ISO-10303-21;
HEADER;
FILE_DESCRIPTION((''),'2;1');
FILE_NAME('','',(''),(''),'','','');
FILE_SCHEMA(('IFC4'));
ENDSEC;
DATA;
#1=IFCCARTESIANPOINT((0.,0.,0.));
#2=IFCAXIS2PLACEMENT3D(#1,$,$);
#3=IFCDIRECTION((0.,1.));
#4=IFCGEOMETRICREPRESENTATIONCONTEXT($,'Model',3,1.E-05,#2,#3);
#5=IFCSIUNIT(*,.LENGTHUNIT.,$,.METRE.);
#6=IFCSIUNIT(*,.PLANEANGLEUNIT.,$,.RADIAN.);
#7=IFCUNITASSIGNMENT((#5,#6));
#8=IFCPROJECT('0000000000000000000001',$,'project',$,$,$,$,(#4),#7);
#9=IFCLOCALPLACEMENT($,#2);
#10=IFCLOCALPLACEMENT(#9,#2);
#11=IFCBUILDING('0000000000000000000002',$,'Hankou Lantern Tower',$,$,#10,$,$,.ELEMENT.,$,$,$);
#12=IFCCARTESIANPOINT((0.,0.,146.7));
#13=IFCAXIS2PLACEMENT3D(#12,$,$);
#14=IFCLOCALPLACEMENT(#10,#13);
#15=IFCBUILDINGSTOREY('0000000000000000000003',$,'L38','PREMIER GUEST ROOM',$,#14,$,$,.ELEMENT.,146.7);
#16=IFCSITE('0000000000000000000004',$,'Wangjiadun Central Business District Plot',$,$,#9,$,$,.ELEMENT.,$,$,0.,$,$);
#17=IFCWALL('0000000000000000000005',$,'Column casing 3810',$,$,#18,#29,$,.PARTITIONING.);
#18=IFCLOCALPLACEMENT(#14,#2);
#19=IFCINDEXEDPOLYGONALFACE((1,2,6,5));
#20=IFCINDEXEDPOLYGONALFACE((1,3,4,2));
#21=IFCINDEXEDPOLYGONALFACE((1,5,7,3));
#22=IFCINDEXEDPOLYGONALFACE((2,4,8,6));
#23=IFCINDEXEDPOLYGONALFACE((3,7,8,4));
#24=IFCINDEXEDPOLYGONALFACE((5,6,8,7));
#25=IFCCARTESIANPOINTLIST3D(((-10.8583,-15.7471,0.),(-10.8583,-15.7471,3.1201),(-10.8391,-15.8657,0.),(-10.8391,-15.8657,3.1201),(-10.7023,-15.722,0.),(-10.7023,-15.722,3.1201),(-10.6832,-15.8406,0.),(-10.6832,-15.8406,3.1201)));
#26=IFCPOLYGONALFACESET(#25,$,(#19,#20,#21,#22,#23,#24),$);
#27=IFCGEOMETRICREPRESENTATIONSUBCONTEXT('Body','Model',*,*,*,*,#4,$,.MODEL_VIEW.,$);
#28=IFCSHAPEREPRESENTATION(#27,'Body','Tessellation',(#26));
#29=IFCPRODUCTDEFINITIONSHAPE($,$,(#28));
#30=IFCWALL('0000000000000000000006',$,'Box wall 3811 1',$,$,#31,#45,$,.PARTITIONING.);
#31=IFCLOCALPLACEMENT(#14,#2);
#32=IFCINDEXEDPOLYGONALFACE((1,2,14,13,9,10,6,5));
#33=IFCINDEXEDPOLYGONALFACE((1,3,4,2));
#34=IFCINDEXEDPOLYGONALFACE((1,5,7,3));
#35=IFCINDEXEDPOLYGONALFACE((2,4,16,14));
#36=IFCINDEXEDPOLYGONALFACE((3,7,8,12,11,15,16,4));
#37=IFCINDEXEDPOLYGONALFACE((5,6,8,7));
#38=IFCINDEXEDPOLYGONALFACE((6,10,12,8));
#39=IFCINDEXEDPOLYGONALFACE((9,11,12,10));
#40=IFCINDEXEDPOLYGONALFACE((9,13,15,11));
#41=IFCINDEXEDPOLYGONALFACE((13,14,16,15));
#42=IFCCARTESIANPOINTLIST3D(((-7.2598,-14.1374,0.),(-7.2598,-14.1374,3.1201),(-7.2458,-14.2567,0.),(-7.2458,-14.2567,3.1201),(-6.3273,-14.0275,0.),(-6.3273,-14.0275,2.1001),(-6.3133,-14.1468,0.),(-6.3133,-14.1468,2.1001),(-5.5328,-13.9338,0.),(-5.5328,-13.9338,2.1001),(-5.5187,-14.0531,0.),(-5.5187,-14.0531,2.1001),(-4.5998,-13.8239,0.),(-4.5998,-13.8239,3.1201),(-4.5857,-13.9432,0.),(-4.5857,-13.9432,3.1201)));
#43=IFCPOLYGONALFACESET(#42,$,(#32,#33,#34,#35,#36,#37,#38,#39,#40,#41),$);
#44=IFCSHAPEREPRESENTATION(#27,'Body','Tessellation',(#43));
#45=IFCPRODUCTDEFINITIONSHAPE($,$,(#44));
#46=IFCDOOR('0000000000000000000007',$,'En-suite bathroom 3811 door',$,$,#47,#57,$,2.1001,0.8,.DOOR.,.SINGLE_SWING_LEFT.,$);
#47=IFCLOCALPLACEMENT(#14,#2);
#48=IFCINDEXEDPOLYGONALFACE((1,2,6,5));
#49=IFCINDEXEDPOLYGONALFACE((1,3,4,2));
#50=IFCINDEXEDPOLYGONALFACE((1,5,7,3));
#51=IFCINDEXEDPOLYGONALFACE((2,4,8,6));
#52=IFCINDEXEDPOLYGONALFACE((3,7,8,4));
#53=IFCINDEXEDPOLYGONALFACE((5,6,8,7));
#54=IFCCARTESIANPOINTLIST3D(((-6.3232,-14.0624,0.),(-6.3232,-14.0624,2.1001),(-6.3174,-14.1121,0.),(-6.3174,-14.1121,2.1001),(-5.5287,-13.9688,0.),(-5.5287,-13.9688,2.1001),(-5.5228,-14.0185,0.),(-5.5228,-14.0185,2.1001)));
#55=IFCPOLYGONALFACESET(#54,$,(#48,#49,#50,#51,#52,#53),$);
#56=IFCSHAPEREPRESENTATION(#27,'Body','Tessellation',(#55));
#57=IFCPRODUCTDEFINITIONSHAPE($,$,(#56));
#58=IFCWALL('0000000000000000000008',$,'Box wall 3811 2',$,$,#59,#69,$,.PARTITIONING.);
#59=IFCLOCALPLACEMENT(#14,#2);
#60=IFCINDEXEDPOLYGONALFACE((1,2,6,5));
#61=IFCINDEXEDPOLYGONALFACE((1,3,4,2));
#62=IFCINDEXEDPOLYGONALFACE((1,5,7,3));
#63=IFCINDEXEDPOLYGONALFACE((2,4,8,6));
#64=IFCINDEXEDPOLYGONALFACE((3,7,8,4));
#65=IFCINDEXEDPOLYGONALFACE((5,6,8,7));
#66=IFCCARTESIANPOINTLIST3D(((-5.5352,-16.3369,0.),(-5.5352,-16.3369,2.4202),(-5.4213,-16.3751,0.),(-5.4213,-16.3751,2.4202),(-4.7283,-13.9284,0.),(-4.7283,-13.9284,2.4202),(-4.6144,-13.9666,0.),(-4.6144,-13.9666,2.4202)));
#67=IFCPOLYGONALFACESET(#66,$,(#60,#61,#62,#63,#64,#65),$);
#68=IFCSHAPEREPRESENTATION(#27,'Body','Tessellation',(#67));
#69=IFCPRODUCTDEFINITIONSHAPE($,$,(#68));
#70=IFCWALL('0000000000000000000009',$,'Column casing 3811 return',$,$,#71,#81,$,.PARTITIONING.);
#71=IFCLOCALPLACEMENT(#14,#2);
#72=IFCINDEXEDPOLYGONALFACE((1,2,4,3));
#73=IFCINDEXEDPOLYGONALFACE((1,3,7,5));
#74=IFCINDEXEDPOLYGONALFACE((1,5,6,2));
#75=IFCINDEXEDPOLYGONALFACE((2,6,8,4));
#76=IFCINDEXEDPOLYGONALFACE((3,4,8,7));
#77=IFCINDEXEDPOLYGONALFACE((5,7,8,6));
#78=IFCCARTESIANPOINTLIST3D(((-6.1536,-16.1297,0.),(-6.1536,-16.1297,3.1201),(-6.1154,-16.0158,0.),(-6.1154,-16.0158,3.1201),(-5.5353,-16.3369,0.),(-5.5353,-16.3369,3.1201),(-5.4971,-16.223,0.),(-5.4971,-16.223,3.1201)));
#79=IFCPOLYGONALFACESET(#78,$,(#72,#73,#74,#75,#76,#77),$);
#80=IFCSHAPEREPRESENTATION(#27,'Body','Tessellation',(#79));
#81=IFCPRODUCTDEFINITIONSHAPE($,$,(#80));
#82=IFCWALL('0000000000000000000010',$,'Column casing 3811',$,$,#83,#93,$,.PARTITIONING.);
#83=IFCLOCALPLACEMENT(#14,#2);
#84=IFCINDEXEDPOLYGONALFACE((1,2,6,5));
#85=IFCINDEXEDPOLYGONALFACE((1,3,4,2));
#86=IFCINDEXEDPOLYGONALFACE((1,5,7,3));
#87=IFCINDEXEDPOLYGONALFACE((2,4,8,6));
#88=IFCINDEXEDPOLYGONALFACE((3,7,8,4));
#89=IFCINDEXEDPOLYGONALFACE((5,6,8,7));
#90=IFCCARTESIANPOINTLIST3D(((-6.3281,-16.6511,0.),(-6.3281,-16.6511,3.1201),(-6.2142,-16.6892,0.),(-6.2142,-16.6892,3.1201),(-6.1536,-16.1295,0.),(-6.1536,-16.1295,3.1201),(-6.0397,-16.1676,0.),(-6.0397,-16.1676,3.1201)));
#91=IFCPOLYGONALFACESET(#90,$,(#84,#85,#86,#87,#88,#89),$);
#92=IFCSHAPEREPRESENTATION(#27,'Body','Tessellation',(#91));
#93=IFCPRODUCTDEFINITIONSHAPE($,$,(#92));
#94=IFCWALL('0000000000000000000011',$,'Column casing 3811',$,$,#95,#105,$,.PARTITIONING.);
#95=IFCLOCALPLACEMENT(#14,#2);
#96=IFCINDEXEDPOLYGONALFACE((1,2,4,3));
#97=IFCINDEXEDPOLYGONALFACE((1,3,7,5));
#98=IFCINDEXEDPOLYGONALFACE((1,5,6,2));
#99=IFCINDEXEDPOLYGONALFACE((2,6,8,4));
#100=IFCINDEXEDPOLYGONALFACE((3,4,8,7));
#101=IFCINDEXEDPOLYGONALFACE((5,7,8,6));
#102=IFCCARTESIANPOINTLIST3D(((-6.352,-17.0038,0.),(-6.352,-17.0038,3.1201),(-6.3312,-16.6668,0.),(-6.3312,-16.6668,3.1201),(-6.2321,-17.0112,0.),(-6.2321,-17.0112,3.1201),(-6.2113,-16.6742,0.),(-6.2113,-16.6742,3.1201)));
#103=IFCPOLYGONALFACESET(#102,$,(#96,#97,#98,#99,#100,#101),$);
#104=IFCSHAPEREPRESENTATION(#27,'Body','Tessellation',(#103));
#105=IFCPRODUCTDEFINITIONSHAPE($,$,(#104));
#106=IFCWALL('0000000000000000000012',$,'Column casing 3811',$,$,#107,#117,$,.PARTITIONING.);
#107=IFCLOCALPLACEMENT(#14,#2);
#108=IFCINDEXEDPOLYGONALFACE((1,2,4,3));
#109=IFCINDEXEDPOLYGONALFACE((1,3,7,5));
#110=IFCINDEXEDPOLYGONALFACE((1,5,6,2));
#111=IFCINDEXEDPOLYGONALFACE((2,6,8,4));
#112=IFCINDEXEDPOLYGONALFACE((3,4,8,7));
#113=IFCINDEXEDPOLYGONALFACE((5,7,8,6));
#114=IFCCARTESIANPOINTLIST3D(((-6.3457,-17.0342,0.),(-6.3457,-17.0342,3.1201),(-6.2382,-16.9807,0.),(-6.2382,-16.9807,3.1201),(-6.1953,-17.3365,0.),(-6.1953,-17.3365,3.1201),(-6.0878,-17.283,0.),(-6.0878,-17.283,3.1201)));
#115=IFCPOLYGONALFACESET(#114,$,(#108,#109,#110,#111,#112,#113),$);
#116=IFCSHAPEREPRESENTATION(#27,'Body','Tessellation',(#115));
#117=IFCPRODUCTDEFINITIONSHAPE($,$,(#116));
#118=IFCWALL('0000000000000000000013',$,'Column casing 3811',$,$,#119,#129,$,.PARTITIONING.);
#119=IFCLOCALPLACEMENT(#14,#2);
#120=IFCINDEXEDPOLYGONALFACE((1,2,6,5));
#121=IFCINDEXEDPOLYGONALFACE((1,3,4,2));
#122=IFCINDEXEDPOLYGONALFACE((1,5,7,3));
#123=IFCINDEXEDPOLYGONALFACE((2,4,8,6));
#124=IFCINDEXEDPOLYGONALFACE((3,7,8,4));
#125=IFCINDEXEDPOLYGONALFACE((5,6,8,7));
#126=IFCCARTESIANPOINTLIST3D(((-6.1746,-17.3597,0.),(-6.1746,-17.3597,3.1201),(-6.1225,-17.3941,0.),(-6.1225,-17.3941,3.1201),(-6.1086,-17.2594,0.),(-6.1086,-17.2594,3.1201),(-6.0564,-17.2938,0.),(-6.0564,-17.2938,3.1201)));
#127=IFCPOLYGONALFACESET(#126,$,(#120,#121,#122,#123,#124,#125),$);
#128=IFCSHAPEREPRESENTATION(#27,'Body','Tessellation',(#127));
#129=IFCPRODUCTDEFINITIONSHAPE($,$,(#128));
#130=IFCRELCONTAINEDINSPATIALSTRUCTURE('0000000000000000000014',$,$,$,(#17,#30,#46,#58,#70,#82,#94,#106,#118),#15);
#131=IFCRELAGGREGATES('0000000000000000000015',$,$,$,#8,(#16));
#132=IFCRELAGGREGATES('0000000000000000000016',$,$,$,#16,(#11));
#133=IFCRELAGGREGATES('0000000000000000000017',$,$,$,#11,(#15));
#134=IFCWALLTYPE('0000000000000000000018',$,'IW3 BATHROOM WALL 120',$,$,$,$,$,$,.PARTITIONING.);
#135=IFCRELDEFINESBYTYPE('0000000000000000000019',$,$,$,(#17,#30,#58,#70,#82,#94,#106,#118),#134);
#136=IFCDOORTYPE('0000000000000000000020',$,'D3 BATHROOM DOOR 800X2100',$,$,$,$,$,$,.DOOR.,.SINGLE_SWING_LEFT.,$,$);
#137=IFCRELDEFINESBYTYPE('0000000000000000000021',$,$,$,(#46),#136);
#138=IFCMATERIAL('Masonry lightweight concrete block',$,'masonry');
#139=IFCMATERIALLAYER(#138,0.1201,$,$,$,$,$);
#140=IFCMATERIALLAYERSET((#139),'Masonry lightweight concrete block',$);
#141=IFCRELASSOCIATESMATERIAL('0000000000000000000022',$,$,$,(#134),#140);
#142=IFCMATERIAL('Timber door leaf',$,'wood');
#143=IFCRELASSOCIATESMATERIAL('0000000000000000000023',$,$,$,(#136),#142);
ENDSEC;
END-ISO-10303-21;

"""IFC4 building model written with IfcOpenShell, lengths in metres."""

from ifc_helpers import new_model, si_unit, direction, frame, frame_2d, origin, place, context, subcontext, project, spatial, rectangle, extrude, material, layer, layer_set, type_object, element, fill, save


model = new_model("IFC4")

# Units and contexts
model_context = context("Model", 3, precision=1e-05, world=origin(), true_north=direction((0.0, 1.0)))
body_context = subcontext(model_context, "Body", "Model", "MODEL_VIEW")
ifc_project = project(units=[si_unit("LENGTHUNIT", "METRE"), si_unit("PLANEANGLEUNIT", "RADIAN")], contexts=[model_context])

# Site, building, storey
site_placement = place(None, origin())
site = spatial("IfcSite", under=ifc_project, at=site_placement, Name="Wangjiadun Central Business District Plot", CompositionType="ELEMENT", RefElevation=0.0)
building_placement = place(site_placement, origin())
building = spatial("IfcBuilding", under=site, at=building_placement, Name="Hankou Lantern Tower", CompositionType="ELEMENT")
storey_placement = place(building_placement, frame((0.0, 0.0, 146.7)))
storey = spatial("IfcBuildingStorey", under=building, at=storey_placement, Name="L38", Description="PREMIER GUEST ROOM", CompositionType="ELEMENT", Elevation=146.7)

# Shared definitions
ifc_material_1 = material(Name="Masonry lightweight concrete block", Category="masonry")
ifc_layer_1 = layer(ifc_material_1, 0.1201)
ifc_layer_set_1 = layer_set([ifc_layer_1], Name="Masonry lightweight concrete block")
wall_type_1 = type_object("IfcWallType", Name="IW3 BATHROOM WALL 120", PredefinedType="PARTITIONING", material=ifc_layer_set_1)
ifc_material_2 = material(Name="Timber door leaf", Category="wood")
door_type = type_object("IfcDoorType", Name="D3 BATHROOM DOOR 800X2100", OperationType="SINGLE_SWING_LEFT", PredefinedType="DOOR", material=ifc_material_2)

# Wall
wall_1_placement = place(storey_placement, frame((-10.6926, -15.7812, 0.0), z_axis=(0.0, 0.0, 1.0), x_axis=(-0.987257, -0.159135, 0.0)))
element("IfcWall", 1, at=wall_1_placement, inside=storey, type_object=wall_type_1, Name="Column casing 3810", PredefinedType="PARTITIONING", context=body_context, shape_type="SweptSolid", body=[
    extrude(rectangle(XDim=0.158, YDim=0.1201, at=frame_2d((0.0791, 0.0))), origin(), (0.0, 0.0, 1.0), 3.1201),
])

# Wall, opening, door
wall_2_placement = place(storey_placement, frame((-7.2529, -14.197, 0.0), z_axis=(0.0, 0.0, 1.0), x_axis=(0.993128, 0.117032, 0.0)))
wall_2 = element("IfcWall", 2, at=wall_2_placement, inside=storey, type_object=wall_type_1, Name="Box wall 3811 1", PredefinedType="PARTITIONING", context=body_context, shape_type="SweptSolid", body=[
    extrude(rectangle(XDim=2.6785, YDim=0.1201, at=frame_2d((1.3394, 0.0))), origin(), (0.0, 0.0, 1.0), 3.1201),
])
opening_1_placement = place(wall_2_placement, frame((0.9392, 0.0, 0.0)))
opening_1 = element("IfcOpeningElement", 3, at=opening_1_placement, cuts=wall_2, PredefinedType="OPENING", context=body_context, shape_type="SweptSolid", body=[
    extrude(rectangle(XDim=0.8, YDim=2.1001, at=frame_2d((0.3999, 1.05))), frame((0.0, 0.0701, 0.0), z_axis=(0.0, -1.0, 0.0), x_axis=(1.0, 0.0, 0.0)), (0.0, 0.0, 1.0), 0.1401),
])
door_1_placement = place(opening_1_placement, origin())
door_1 = element("IfcDoor", 4, at=door_1_placement, inside=storey, type_object=door_type, Name="En-suite bathroom 3811 door", OperationType="SINGLE_SWING_LEFT", OverallHeight=2.1001, OverallWidth=0.8, PredefinedType="DOOR", context=body_context, shape_type="SweptSolid", body=[
    extrude(rectangle(XDim=0.8, YDim=2.1001, at=frame_2d((0.3999, 1.05))), frame((0.0, 0.0249, 0.0), z_axis=(0.0, -1.0, 0.0), x_axis=(1.0, 0.0, 0.0)), (0.0, 0.0, 1.0), 0.05),
])
fill(opening_1, door_1)

# Walls
wall_3_placement = place(storey_placement, frame((-4.6714, -13.9475, 0.0), z_axis=(0.0, 0.0, 1.0), x_axis=(-0.317669, -0.948202, 0.0)))
element("IfcWall", 5, at=wall_3_placement, inside=storey, type_object=wall_type_1, Name="Box wall 3811 2", PredefinedType="PARTITIONING", context=body_context, shape_type="SweptSolid", body=[
    extrude(rectangle(XDim=2.54, YDim=0.1201, at=frame_2d((1.27, 0.0))), origin(), (0.0, 0.0, 1.0), 2.4202),
])
wall_4_placement = place(storey_placement, frame((-5.5161, -16.28, 0.0), z_axis=(0.0, 0.0, 1.0), x_axis=(-0.948158, 0.317799, 0.0)))
element("IfcWall", 6, at=wall_4_placement, inside=storey, type_object=wall_type_1, Name="Column casing 3811 return", PredefinedType="PARTITIONING", context=body_context, shape_type="SweptSolid", body=[
    extrude(rectangle(XDim=0.6521, YDim=0.1201, at=frame_2d((0.3262, 0.0))), origin(), (0.0, 0.0, 1.0), 3.1201),
])
wall_5_placement = place(storey_placement, frame((-6.0967, -16.1487, 0.0), z_axis=(0.0, 0.0, 1.0), x_axis=(-0.317293, -0.948328, 0.0)))
element("IfcWall", 7, at=wall_5_placement, inside=storey, type_object=wall_type_1, Name="Column casing 3811", PredefinedType="PARTITIONING", context=body_context, shape_type="SweptSolid", body=[
    extrude(rectangle(XDim=0.55, YDim=0.1201, at=frame_2d((0.2749, 0.0))), origin(), (0.0, 0.0, 1.0), 3.1201),
])
for number, where, z_axis, x_axis, name in (
    (8, (-6.2712, -16.6704, 0.0), (0.0, 0.0, 1.0), (-0.061478, -0.998108, 0.0), "Column casing 3811"),
    (9, (-6.292, -17.0073, 0.0), (0.0, 0.0, 1.0), (0.445477, -0.895293, 0.0), "Column casing 3811"),
):
    element("IfcWall", number, at=place(storey_placement, frame(where, z_axis=z_axis, x_axis=x_axis)), inside=storey, type_object=wall_type_1, Name=name, PredefinedType="PARTITIONING", context=body_context, shape_type="SweptSolid", body=[
        extrude(rectangle(XDim=0.3376, YDim=0.1201, at=frame_2d((0.1689, 0.0))), origin(), (0.0, 0.0, 1.0), 3.1201),
    ])
wall_6_placement = place(storey_placement, frame((-6.1416, -17.3096, 0.0), z_axis=(0.0, 0.0, 1.0), x_axis=(0.83504, -0.55019, 0.0)))
element("IfcWall", 10, at=wall_6_placement, inside=storey, type_object=wall_type_1, Name="Column casing 3811", PredefinedType="PARTITIONING", context=body_context, shape_type="SweptSolid", body=[
    extrude(rectangle(XDim=0.0625, YDim=0.1201, at=frame_2d((0.0312, 0.0))), origin(), (0.0, 0.0, 1.0), 3.1201),
])

save(model, "model.ifc")
